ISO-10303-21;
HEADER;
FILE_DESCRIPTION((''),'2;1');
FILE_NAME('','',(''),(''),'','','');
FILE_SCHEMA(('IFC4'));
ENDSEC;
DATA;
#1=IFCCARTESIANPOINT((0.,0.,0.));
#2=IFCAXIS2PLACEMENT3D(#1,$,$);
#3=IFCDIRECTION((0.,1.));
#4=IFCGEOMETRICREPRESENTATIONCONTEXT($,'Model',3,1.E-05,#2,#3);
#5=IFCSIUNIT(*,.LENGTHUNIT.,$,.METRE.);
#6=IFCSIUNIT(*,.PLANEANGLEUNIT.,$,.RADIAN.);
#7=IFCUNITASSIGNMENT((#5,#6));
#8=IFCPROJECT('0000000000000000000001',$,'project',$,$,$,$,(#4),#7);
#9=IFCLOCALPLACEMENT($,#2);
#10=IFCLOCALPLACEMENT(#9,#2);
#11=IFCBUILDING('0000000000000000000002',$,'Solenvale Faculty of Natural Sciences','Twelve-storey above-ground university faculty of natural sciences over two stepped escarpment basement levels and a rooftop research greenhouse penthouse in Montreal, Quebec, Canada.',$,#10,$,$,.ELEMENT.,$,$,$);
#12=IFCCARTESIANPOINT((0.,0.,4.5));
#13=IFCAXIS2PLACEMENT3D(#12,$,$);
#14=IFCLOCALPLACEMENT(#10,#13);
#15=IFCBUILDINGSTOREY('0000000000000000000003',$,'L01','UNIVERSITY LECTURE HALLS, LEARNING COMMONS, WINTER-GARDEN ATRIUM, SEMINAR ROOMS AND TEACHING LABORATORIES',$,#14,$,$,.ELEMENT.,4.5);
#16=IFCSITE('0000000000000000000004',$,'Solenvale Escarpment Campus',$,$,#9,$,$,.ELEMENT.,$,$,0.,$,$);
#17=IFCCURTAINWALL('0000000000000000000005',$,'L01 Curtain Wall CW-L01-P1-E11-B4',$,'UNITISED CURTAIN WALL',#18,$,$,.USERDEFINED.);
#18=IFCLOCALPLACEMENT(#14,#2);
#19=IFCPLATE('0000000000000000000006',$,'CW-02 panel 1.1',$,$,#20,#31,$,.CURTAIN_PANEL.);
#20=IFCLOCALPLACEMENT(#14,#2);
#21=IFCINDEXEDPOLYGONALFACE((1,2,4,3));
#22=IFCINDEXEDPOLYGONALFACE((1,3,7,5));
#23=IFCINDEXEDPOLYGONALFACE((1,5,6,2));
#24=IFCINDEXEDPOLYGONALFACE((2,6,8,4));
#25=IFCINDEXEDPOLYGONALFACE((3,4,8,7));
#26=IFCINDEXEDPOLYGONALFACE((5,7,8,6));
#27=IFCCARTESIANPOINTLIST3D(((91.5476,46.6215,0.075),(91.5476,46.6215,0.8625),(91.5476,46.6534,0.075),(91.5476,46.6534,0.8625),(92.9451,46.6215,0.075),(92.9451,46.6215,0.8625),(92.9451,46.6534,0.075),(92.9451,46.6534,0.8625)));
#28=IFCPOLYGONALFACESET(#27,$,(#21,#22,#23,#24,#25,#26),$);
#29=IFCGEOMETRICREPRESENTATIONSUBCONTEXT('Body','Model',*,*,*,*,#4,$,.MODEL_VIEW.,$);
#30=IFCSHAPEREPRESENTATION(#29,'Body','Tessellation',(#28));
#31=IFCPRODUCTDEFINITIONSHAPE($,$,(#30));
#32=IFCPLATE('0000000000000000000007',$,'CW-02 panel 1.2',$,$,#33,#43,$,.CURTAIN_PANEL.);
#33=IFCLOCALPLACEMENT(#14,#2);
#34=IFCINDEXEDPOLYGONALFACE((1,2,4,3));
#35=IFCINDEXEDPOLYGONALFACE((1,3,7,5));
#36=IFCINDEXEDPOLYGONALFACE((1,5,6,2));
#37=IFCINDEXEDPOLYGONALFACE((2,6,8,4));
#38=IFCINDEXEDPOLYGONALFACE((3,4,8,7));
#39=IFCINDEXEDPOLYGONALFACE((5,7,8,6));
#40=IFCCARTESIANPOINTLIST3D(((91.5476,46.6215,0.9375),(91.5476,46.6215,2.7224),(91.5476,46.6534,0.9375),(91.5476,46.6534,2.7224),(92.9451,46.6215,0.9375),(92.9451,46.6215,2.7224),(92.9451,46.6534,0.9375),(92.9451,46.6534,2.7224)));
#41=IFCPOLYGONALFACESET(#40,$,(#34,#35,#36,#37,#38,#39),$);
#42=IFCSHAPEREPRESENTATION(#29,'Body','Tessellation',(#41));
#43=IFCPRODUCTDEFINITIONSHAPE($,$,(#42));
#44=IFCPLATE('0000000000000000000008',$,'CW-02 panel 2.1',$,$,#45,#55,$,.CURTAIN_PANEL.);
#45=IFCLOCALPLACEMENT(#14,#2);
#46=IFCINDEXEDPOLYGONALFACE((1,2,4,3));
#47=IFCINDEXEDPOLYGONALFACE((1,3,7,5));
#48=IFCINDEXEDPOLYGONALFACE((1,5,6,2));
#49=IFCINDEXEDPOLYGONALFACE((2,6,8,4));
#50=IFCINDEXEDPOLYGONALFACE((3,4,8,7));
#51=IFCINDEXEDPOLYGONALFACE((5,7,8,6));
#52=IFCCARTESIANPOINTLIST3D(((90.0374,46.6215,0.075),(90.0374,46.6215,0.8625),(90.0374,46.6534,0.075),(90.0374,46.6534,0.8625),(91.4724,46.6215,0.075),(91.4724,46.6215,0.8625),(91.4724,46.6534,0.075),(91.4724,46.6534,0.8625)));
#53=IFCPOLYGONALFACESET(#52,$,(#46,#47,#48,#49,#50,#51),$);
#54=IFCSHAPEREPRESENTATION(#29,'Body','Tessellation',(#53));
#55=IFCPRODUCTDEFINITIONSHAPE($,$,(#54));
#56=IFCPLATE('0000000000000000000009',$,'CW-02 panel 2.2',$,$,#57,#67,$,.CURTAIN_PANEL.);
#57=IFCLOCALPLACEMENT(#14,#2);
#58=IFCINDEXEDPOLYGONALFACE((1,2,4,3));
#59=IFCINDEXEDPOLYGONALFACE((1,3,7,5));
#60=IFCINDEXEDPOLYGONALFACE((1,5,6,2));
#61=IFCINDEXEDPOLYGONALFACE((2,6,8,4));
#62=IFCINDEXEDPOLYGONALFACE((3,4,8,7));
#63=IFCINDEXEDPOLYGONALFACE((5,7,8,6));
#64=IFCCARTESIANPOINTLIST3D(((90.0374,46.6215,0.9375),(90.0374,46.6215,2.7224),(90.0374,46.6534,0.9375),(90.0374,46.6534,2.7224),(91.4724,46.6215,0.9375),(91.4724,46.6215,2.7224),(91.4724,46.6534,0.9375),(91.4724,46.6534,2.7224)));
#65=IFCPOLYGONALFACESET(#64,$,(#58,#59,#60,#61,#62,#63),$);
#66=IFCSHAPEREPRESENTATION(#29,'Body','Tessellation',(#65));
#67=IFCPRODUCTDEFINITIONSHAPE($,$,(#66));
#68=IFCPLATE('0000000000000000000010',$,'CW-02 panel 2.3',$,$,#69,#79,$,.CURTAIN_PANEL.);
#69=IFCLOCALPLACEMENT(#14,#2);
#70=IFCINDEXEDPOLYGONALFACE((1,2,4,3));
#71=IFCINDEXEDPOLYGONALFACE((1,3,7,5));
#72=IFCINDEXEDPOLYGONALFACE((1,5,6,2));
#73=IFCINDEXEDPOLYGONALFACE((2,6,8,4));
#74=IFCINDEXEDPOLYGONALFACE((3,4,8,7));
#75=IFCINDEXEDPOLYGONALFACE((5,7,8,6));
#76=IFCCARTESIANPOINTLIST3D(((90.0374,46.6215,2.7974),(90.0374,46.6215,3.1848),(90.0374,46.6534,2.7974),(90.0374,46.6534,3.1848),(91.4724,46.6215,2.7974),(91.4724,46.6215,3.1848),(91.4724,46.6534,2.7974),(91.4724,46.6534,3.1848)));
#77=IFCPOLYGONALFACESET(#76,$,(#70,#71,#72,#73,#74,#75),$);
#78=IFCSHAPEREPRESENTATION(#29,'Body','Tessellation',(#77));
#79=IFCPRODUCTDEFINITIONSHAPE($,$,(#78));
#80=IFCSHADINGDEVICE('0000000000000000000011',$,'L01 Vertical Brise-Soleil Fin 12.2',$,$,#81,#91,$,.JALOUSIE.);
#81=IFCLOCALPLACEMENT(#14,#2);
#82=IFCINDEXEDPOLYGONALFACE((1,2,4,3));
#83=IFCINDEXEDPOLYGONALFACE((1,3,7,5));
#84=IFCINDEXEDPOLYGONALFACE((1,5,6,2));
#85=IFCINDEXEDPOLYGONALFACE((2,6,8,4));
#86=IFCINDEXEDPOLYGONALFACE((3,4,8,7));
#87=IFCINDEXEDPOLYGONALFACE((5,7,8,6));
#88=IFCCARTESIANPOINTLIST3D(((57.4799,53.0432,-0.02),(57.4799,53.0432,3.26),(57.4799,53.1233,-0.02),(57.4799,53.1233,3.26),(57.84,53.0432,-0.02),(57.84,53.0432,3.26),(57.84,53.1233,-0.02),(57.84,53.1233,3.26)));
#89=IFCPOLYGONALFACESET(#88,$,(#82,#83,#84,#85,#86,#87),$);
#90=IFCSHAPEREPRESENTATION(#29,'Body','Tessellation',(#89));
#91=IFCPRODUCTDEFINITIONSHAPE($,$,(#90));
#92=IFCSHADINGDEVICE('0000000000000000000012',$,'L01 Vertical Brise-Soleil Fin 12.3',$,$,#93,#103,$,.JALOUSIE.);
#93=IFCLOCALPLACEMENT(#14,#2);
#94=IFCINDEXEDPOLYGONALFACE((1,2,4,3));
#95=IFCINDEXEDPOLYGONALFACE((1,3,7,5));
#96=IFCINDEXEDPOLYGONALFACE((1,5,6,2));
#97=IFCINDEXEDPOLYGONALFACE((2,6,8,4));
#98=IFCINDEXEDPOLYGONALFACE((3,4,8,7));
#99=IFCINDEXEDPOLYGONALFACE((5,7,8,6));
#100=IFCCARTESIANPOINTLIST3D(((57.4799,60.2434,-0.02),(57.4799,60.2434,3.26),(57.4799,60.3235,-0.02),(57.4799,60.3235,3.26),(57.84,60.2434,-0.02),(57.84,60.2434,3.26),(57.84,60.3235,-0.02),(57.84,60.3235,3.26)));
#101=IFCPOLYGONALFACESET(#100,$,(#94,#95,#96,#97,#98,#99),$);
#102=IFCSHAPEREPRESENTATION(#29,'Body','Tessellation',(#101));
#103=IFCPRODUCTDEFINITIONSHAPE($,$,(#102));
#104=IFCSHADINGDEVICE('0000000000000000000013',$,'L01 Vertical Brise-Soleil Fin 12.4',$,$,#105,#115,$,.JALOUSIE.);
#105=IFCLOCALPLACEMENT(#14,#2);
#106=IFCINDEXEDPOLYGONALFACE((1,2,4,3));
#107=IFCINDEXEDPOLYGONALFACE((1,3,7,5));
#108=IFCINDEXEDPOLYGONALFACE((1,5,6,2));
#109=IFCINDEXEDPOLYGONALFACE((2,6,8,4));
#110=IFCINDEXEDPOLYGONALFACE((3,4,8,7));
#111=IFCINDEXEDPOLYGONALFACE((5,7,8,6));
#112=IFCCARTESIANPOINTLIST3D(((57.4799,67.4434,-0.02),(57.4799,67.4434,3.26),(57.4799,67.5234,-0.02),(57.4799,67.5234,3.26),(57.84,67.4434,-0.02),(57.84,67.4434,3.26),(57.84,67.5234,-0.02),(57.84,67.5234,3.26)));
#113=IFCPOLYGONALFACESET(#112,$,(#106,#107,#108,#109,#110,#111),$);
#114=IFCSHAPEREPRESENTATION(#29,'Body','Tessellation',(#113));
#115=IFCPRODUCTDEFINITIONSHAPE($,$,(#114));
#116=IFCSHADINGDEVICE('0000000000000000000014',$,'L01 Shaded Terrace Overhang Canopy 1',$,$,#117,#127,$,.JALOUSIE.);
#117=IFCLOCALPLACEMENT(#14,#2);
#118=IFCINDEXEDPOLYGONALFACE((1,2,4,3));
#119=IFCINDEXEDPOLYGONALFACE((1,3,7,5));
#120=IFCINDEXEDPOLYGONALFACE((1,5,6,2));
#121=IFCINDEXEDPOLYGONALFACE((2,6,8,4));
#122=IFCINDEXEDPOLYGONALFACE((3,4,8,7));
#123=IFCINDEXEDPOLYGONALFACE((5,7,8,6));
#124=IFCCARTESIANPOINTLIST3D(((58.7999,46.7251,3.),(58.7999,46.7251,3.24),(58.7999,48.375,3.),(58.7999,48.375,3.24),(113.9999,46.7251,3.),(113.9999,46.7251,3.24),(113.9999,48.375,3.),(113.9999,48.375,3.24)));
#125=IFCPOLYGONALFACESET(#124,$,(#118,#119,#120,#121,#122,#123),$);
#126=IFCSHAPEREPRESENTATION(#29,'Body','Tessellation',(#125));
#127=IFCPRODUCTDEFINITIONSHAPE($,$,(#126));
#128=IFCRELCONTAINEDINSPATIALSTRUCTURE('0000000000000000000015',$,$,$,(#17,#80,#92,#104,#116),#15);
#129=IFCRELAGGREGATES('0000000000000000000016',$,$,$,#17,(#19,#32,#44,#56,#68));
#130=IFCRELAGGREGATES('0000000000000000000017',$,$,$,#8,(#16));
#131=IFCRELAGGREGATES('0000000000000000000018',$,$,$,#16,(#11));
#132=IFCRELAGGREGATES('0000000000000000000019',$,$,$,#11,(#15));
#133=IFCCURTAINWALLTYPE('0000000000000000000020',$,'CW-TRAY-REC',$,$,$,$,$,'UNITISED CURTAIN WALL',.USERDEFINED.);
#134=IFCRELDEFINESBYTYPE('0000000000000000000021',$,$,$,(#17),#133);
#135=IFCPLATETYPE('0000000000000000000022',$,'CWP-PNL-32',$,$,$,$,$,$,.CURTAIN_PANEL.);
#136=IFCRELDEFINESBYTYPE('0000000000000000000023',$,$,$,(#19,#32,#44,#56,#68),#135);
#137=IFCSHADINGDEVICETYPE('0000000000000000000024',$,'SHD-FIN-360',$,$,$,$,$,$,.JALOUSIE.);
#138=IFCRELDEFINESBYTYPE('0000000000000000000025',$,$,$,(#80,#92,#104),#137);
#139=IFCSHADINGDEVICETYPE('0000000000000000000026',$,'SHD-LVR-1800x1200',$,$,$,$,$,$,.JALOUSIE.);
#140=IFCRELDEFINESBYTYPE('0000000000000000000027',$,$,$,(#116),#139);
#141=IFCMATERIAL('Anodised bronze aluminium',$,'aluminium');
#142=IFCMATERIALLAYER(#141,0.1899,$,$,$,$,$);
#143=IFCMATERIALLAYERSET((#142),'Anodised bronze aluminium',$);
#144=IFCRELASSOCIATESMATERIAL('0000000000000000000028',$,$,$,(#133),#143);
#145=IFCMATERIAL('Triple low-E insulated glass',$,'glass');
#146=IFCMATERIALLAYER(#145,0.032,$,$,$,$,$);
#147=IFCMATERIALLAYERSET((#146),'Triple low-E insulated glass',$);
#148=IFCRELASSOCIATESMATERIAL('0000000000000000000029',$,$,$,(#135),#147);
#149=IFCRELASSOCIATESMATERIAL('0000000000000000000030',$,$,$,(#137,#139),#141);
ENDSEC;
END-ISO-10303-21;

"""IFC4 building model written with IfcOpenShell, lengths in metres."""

from ifc_helpers import new_model, si_unit, direction, frame, origin, origin_2d, place, context, subcontext, project, spatial, rectangle, extrude, material, layer, layer_set, material_profile, profile_set, type_object, element, aggregate, save


model = new_model("IFC4")

# Units and contexts
model_context = context("Model", 3, precision=1e-05, world=origin(), true_north=direction((0.0, 1.0)))
body_context = subcontext(model_context, "Body", "Model", "MODEL_VIEW")
ifc_project = project(units=[si_unit("LENGTHUNIT", "METRE"), si_unit("PLANEANGLEUNIT", "RADIAN")], contexts=[model_context])

# Site, building, storey
site_placement = place(None, origin())
site = spatial("IfcSite", under=ifc_project, at=site_placement, Name="Solenvale Escarpment Campus", CompositionType="ELEMENT", RefElevation=0.0)
building_placement = place(site_placement, origin())
building = spatial("IfcBuilding", under=site, at=building_placement, Name="Solenvale Faculty of Natural Sciences", Description="Twelve-storey above-ground university faculty of natural sciences over two stepped escarpment basement levels and a rooftop research greenhouse penthouse in Montreal, Quebec, Canada.", CompositionType="ELEMENT")
storey_placement = place(building_placement, frame((0.0, 0.0, 4.5)))
storey = spatial("IfcBuildingStorey", under=building, at=storey_placement, Name="L01", Description="UNIVERSITY LECTURE HALLS, LEARNING COMMONS, WINTER-GARDEN ATRIUM, SEMINAR ROOMS AND TEACHING LABORATORIES", CompositionType="ELEMENT", Elevation=4.5)

# Curtain wall, plates
ifc_material_1 = material(Name="Anodised bronze aluminium", Category="aluminium")
ifc_layer_1 = layer(ifc_material_1, 0.1899)
ifc_layer_set_1 = layer_set([ifc_layer_1], Name="Anodised bronze aluminium")
curtain_wall_type = type_object("IfcCurtainWallType", Name="CW-TRAY-REC", ElementType="UNITISED CURTAIN WALL", PredefinedType="USERDEFINED", material=ifc_layer_set_1)
curtain_wall_placement = place(storey_placement, origin())
curtain_wall = element("IfcCurtainWall", 1, at=curtain_wall_placement, inside=storey, type_object=curtain_wall_type, Name="L01 Curtain Wall CW-L01-P1-E11-B4", ObjectType="UNITISED CURTAIN WALL", PredefinedType="USERDEFINED")
ifc_material_2 = material(Name="Triple low-E insulated glass", Category="glass")
ifc_layer_2 = layer(ifc_material_2, 0.032)
ifc_layer_set_2 = layer_set([ifc_layer_2], Name="Triple low-E insulated glass")
plate_type = type_object("IfcPlateType", Name="CWP-PNL-32", PredefinedType="CURTAIN_PANEL", material=ifc_layer_set_2)
plate_1_placement = place(storey_placement, frame((92.2463, 46.6375, 0.075), z_axis=(0.0, 0.0, 1.0), x_axis=(-1.0, 0.0, 0.0)))
plate_1 = element("IfcPlate", 2, at=plate_1_placement, type_object=plate_type, Name="CW-02 panel 1.1", PredefinedType="CURTAIN_PANEL", context=body_context, shape_type="SweptSolid", body=[
    extrude(rectangle(XDim=1.3975, YDim=0.032, at=origin_2d()), origin(), (0.0, 0.0, 1.0), 0.7876),
])
plate_2_placement = place(storey_placement, frame((92.2463, 46.6375, 0.9375), z_axis=(0.0, 0.0, 1.0), x_axis=(-1.0, 0.0, 0.0)))
plate_2 = element("IfcPlate", 3, at=plate_2_placement, type_object=plate_type, Name="CW-02 panel 1.2", PredefinedType="CURTAIN_PANEL", context=body_context, shape_type="SweptSolid", body=[
    extrude(rectangle(XDim=1.3975, YDim=0.032, at=origin_2d()), origin(), (0.0, 0.0, 1.0), 1.7849),
])
plate_3_placement = place(storey_placement, frame((90.7549, 46.6375, 0.075), z_axis=(0.0, 0.0, 1.0), x_axis=(-1.0, 0.0, 0.0)))
plate_3 = element("IfcPlate", 4, at=plate_3_placement, type_object=plate_type, Name="CW-02 panel 2.1", PredefinedType="CURTAIN_PANEL", context=body_context, shape_type="SweptSolid", body=[
    extrude(rectangle(XDim=1.4351, YDim=0.032, at=origin_2d()), origin(), (0.0, 0.0, 1.0), 0.7876),
])
plate_4_placement = place(storey_placement, frame((90.7549, 46.6375, 0.9375), z_axis=(0.0, 0.0, 1.0), x_axis=(-1.0, 0.0, 0.0)))
plate_4 = element("IfcPlate", 5, at=plate_4_placement, type_object=plate_type, Name="CW-02 panel 2.2", PredefinedType="CURTAIN_PANEL", context=body_context, shape_type="SweptSolid", body=[
    extrude(rectangle(XDim=1.4351, YDim=0.032, at=origin_2d()), origin(), (0.0, 0.0, 1.0), 1.7849),
])
plate_5_placement = place(storey_placement, frame((90.7549, 46.6375, 2.7974), z_axis=(0.0, 0.0, 1.0), x_axis=(-1.0, 0.0, 0.0)))
plate_5 = element("IfcPlate", 6, at=plate_5_placement, type_object=plate_type, Name="CW-02 panel 2.3", PredefinedType="CURTAIN_PANEL", context=body_context, shape_type="SweptSolid", body=[
    extrude(rectangle(XDim=1.4351, YDim=0.032, at=origin_2d()), origin(), (0.0, 0.0, 1.0), 0.3875),
])
aggregate(curtain_wall, [plate_1, plate_2, plate_3, plate_4, plate_5])

# Shading devices
ifc_material_profile_1 = material_profile(ifc_material_1, rectangle(XDim=0.0801, YDim=0.3601, at=origin_2d()), Name="ALU-FIN-80x360")
ifc_profile_set_1 = profile_set([ifc_material_profile_1], Name="Anodised bronze aluminium")
shading_device_type_1 = type_object("IfcShadingDeviceType", Name="SHD-FIN-360", PredefinedType="JALOUSIE", material=ifc_profile_set_1)
for number, where, z_axis, x_axis, name in (
    (7, (57.6599, 53.0833, -0.02), (0.0, 0.0, 1.0), (0.0, 1.0, 0.0), "L01 Vertical Brise-Soleil Fin 12.2"),
    (8, (57.6599, 60.2834, -0.02), (0.0, 0.0, 1.0), (0.0, 1.0, 0.0), "L01 Vertical Brise-Soleil Fin 12.3"),
    (9, (57.6599, 67.4834, -0.02), (0.0, 0.0, 1.0), (0.0, 1.0, 0.0), "L01 Vertical Brise-Soleil Fin 12.4"),
):
    element("IfcShadingDevice", number, at=place(storey_placement, frame(where, z_axis=z_axis, x_axis=x_axis)), inside=storey, type_object=shading_device_type_1, Name=name, PredefinedType="JALOUSIE", context=body_context, shape_type="SweptSolid", body=[
        extrude(rectangle(XDim=0.0801, YDim=0.3601, at=origin_2d()), origin(), (0.0, 0.0, 1.0), 3.28),
    ])
shading_device_type_2 = type_object("IfcShadingDeviceType", Name="SHD-LVR-1800x1200", PredefinedType="JALOUSIE", material=ifc_material_1)
shading_device_placement = place(storey_placement, frame((86.3999, 47.55, 3.0), z_axis=(0.0, 0.0, 1.0), x_axis=(1.0, 0.0, 0.0)))
element("IfcShadingDevice", 10, at=shading_device_placement, inside=storey, type_object=shading_device_type_2, Name="L01 Shaded Terrace Overhang Canopy 1", PredefinedType="JALOUSIE", context=body_context, shape_type="SweptSolid", body=[
    extrude(rectangle(XDim=55.2, YDim=1.6499, at=origin_2d()), origin(), (0.0, 0.0, 1.0), 0.24),
])

save(model, "model.ifc")
